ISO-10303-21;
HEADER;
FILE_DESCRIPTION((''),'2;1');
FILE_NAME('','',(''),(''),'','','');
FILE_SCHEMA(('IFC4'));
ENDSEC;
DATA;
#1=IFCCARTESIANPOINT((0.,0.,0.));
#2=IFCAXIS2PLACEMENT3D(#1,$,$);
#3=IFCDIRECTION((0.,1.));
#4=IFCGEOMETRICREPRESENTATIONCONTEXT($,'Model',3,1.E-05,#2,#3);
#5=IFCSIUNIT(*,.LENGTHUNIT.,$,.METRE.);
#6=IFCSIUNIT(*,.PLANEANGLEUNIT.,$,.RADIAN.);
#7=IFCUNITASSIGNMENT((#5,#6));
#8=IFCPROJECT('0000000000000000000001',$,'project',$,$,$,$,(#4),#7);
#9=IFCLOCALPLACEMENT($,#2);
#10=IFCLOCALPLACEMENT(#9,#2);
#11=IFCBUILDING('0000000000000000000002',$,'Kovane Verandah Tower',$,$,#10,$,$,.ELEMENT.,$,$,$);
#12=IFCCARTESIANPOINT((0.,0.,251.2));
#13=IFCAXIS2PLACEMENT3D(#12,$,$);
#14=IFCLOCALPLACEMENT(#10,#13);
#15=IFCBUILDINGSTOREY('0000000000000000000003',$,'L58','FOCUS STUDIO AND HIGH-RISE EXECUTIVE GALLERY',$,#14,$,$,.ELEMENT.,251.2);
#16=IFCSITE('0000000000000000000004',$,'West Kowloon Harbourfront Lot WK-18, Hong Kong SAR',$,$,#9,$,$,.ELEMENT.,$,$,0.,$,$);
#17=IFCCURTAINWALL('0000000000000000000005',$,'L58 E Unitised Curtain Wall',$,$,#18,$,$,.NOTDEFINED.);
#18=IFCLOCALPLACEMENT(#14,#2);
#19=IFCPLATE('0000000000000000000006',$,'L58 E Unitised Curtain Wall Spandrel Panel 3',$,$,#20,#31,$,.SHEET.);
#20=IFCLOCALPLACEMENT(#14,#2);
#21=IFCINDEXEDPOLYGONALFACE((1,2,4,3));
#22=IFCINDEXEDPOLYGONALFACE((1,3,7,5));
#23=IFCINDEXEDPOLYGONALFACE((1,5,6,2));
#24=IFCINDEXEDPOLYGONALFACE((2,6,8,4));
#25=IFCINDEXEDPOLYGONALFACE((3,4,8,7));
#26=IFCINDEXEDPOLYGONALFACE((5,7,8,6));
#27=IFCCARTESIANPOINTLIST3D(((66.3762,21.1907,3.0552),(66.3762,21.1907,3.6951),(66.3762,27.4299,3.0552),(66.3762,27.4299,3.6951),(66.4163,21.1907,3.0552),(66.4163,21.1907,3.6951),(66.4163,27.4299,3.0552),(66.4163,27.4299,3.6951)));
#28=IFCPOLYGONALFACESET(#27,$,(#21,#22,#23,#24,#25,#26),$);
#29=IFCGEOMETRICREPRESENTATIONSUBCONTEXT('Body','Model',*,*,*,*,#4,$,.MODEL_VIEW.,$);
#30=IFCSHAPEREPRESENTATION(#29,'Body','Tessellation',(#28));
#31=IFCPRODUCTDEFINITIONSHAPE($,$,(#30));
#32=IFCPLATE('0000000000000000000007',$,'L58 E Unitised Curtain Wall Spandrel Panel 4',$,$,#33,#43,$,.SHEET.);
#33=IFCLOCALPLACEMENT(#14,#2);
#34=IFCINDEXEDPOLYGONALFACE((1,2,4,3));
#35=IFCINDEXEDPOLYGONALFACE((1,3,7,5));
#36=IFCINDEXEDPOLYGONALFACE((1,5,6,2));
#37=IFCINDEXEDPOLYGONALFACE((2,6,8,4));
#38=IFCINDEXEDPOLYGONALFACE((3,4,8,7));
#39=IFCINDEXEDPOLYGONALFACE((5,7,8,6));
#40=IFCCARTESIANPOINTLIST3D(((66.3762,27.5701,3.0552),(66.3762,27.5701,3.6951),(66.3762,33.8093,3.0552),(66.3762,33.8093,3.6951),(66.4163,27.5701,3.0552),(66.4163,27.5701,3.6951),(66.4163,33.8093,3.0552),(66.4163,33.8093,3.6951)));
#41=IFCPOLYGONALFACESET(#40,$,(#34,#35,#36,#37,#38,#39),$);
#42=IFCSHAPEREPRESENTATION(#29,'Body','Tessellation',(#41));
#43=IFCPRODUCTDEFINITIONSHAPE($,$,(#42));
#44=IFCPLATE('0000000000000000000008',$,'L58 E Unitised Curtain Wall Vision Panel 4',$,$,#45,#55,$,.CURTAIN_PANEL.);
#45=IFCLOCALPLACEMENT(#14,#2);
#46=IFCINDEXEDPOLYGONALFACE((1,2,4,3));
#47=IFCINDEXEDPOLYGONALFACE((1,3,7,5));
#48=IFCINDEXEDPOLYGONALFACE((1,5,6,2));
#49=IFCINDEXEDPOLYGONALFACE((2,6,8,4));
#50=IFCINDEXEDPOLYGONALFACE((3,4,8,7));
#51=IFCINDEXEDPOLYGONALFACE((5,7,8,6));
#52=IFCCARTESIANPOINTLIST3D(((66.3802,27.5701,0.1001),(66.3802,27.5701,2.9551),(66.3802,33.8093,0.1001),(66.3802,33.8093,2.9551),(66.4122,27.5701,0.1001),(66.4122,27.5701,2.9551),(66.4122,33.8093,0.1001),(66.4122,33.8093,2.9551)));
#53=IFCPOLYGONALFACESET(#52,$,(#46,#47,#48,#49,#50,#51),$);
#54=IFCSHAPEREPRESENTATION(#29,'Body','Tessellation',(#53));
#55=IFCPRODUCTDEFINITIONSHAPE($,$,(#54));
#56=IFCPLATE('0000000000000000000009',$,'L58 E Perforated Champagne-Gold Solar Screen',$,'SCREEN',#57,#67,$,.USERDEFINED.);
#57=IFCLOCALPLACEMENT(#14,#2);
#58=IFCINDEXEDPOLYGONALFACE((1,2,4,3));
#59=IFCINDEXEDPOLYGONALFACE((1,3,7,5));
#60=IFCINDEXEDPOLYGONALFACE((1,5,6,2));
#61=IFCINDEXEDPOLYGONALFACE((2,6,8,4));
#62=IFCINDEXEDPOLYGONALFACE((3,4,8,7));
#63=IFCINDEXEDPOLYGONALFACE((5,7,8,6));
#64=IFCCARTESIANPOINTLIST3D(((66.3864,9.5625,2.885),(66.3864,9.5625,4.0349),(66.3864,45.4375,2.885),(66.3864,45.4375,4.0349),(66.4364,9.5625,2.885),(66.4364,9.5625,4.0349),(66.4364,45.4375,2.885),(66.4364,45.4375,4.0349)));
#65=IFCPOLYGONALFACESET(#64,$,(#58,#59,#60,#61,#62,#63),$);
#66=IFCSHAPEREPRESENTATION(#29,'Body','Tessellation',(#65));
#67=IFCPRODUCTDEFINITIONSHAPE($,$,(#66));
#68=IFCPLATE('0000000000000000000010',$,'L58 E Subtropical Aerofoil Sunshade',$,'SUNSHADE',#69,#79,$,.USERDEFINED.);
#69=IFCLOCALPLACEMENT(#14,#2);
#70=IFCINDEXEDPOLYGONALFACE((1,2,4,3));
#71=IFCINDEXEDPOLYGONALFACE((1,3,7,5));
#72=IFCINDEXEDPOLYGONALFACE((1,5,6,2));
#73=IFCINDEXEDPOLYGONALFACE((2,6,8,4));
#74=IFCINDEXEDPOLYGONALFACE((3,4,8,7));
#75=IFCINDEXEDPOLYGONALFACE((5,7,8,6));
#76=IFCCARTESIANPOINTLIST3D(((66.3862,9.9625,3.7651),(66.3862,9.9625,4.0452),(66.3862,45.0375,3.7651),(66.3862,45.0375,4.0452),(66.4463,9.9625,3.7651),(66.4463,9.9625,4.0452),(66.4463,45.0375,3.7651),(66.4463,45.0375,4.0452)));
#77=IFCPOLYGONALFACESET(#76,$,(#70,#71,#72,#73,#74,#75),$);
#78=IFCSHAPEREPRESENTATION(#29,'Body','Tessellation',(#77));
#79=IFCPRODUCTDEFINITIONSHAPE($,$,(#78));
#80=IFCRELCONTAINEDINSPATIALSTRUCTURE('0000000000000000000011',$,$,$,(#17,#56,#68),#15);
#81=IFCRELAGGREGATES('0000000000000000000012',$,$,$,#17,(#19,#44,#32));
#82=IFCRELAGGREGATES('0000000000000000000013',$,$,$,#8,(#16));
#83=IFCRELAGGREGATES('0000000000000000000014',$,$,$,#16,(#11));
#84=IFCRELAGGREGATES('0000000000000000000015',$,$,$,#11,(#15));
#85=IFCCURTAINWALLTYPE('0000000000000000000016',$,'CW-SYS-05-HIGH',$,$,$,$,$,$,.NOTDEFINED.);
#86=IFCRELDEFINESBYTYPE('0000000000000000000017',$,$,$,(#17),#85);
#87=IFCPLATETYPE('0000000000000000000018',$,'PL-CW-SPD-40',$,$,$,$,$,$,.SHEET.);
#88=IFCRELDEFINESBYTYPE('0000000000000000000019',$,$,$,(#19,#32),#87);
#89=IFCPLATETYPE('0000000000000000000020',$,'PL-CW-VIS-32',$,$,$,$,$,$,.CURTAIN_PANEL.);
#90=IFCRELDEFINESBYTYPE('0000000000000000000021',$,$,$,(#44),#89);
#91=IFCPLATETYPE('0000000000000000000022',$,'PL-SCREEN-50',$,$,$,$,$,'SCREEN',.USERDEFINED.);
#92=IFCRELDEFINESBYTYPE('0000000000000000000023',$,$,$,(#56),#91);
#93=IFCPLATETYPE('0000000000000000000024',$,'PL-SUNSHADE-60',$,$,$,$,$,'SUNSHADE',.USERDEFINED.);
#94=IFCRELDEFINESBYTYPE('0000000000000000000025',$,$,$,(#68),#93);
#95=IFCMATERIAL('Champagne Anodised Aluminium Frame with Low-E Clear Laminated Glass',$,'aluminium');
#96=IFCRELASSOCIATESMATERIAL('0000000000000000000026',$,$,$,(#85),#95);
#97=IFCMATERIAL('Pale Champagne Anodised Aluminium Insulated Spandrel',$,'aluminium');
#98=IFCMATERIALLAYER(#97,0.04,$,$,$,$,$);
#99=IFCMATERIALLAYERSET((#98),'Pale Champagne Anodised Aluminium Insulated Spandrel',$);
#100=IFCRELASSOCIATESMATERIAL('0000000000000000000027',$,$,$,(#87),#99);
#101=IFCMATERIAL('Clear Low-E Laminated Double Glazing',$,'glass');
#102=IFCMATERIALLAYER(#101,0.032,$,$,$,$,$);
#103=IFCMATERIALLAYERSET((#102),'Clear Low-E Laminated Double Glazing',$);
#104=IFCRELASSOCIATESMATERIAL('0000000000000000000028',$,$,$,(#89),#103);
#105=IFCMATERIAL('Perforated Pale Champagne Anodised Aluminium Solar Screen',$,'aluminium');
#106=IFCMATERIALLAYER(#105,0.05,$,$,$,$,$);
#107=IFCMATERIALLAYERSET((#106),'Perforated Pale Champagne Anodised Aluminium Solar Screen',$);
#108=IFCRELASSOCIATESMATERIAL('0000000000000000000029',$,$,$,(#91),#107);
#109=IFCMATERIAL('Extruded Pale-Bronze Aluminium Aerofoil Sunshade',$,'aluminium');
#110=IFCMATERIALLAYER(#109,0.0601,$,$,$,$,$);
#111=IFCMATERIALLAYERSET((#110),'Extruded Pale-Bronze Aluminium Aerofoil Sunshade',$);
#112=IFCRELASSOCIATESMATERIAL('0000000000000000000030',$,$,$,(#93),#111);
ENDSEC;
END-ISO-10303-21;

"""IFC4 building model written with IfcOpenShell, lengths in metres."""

from ifc_helpers import new_model, si_unit, direction, frame, origin, origin_2d, place, context, subcontext, project, spatial, rectangle, extrude, material, layer, layer_set, type_object, element, aggregate, save


model = new_model("IFC4")

# Units and contexts
model_context = context("Model", 3, precision=1e-05, world=origin(), true_north=direction((0.0, 1.0)))
body_context = subcontext(model_context, "Body", "Model", "MODEL_VIEW")
ifc_project = project(units=[si_unit("LENGTHUNIT", "METRE"), si_unit("PLANEANGLEUNIT", "RADIAN")], contexts=[model_context])

# Site, building, storey
site_placement = place(None, origin())
site = spatial("IfcSite", under=ifc_project, at=site_placement, Name="West Kowloon Harbourfront Lot WK-18, Hong Kong SAR", CompositionType="ELEMENT", RefElevation=0.0)
building_placement = place(site_placement, origin())
building = spatial("IfcBuilding", under=site, at=building_placement, Name="Kovane Verandah Tower", CompositionType="ELEMENT")
storey_placement = place(building_placement, frame((0.0, 0.0, 251.2)))
storey = spatial("IfcBuildingStorey", under=building, at=storey_placement, Name="L58", Description="FOCUS STUDIO AND HIGH-RISE EXECUTIVE GALLERY", CompositionType="ELEMENT", Elevation=251.2)

# Curtain wall
ifc_material_1 = material(Name="Champagne Anodised Aluminium Frame with Low-E Clear Laminated Glass", Category="aluminium")
curtain_wall_type = type_object("IfcCurtainWallType", Name="CW-SYS-05-HIGH", PredefinedType="NOTDEFINED", material=ifc_material_1)
curtain_wall_placement = place(storey_placement, origin())
curtain_wall = element("IfcCurtainWall", 1, at=curtain_wall_placement, inside=storey, type_object=curtain_wall_type, Name="L58 E Unitised Curtain Wall", PredefinedType="NOTDEFINED")

# Plates
ifc_material_2 = material(Name="Pale Champagne Anodised Aluminium Insulated Spandrel", Category="aluminium")
ifc_layer_1 = layer(ifc_material_2, 0.04)
ifc_layer_set_1 = layer_set([ifc_layer_1], Name="Pale Champagne Anodised Aluminium Insulated Spandrel")
plate_type_1 = type_object("IfcPlateType", Name="PL-CW-SPD-40", PredefinedType="SHEET", material=ifc_layer_set_1)
plate_1_placement = place(storey_placement, frame((66.3962, 24.3103, 3.0552), z_axis=(0.0, 0.0, 1.0), x_axis=(0.0, 1.0, 0.0)))
plate_1 = element("IfcPlate", 2, at=plate_1_placement, type_object=plate_type_1, Name="L58 E Unitised Curtain Wall Spandrel Panel 3", PredefinedType="SHEET", context=body_context, shape_type="SweptSolid", body=[
    extrude(rectangle(XDim=6.2393, YDim=0.04, at=origin_2d()), origin(), (0.0, 0.0, 1.0), 0.6399),
])
plate_2_placement = place(storey_placement, frame((66.3962, 30.6897, 3.0552), z_axis=(0.0, 0.0, 1.0), x_axis=(0.0, 1.0, 0.0)))
plate_2 = element("IfcPlate", 3, at=plate_2_placement, type_object=plate_type_1, Name="L58 E Unitised Curtain Wall Spandrel Panel 4", PredefinedType="SHEET", context=body_context, shape_type="SweptSolid", body=[
    extrude(rectangle(XDim=6.2393, YDim=0.04, at=origin_2d()), origin(), (0.0, 0.0, 1.0), 0.6399),
])
ifc_material_3 = material(Name="Clear Low-E Laminated Double Glazing", Category="glass")
ifc_layer_2 = layer(ifc_material_3, 0.032)
ifc_layer_set_2 = layer_set([ifc_layer_2], Name="Clear Low-E Laminated Double Glazing")
plate_type_2 = type_object("IfcPlateType", Name="PL-CW-VIS-32", PredefinedType="CURTAIN_PANEL", material=ifc_layer_set_2)
plate_3_placement = place(storey_placement, frame((66.3962, 30.6897, 0.1001), z_axis=(0.0, 0.0, 1.0), x_axis=(0.0, 1.0, 0.0)))
plate_3 = element("IfcPlate", 4, at=plate_3_placement, type_object=plate_type_2, Name="L58 E Unitised Curtain Wall Vision Panel 4", PredefinedType="CURTAIN_PANEL", context=body_context, shape_type="SweptSolid", body=[
    extrude(rectangle(XDim=6.2393, YDim=0.032, at=origin_2d()), origin(), (0.0, 0.0, 1.0), 2.855),
])
aggregate(curtain_wall, [plate_1, plate_3, plate_2])

# Plates
ifc_material_4 = material(Name="Perforated Pale Champagne Anodised Aluminium Solar Screen", Category="aluminium")
ifc_layer_3 = layer(ifc_material_4, 0.05)
ifc_layer_set_3 = layer_set([ifc_layer_3], Name="Perforated Pale Champagne Anodised Aluminium Solar Screen")
plate_type_3 = type_object("IfcPlateType", Name="PL-SCREEN-50", ElementType="SCREEN", PredefinedType="USERDEFINED", material=ifc_layer_set_3)
plate_4_placement = place(storey_placement, frame((66.4114, 27.5, 2.885), z_axis=(0.0, 0.0, 1.0), x_axis=(0.0, 1.0, 0.0)))
element("IfcPlate", 5, at=plate_4_placement, inside=storey, type_object=plate_type_3, Name="L58 E Perforated Champagne-Gold Solar Screen", ObjectType="SCREEN", PredefinedType="USERDEFINED", context=body_context, shape_type="SweptSolid", body=[
    extrude(rectangle(XDim=35.875, YDim=0.05, at=origin_2d()), origin(), (0.0, 0.0, 1.0), 1.1499),
])
ifc_material_5 = material(Name="Extruded Pale-Bronze Aluminium Aerofoil Sunshade", Category="aluminium")
ifc_layer_4 = layer(ifc_material_5, 0.0601)
ifc_layer_set_4 = layer_set([ifc_layer_4], Name="Extruded Pale-Bronze Aluminium Aerofoil Sunshade")
plate_type_4 = type_object("IfcPlateType", Name="PL-SUNSHADE-60", ElementType="SUNSHADE", PredefinedType="USERDEFINED", material=ifc_layer_set_4)
plate_5_placement = place(storey_placement, frame((66.4163, 27.5, 3.7651), z_axis=(0.0, 0.0, 1.0), x_axis=(0.0, 1.0, 0.0)))
element("IfcPlate", 6, at=plate_5_placement, inside=storey, type_object=plate_type_4, Name="L58 E Subtropical Aerofoil Sunshade", ObjectType="SUNSHADE", PredefinedType="USERDEFINED", context=body_context, shape_type="SweptSolid", body=[
    extrude(rectangle(XDim=35.075, YDim=0.0601, at=origin_2d()), origin(), (0.0, 0.0, 1.0), 0.28),
])

save(model, "model.ifc")
